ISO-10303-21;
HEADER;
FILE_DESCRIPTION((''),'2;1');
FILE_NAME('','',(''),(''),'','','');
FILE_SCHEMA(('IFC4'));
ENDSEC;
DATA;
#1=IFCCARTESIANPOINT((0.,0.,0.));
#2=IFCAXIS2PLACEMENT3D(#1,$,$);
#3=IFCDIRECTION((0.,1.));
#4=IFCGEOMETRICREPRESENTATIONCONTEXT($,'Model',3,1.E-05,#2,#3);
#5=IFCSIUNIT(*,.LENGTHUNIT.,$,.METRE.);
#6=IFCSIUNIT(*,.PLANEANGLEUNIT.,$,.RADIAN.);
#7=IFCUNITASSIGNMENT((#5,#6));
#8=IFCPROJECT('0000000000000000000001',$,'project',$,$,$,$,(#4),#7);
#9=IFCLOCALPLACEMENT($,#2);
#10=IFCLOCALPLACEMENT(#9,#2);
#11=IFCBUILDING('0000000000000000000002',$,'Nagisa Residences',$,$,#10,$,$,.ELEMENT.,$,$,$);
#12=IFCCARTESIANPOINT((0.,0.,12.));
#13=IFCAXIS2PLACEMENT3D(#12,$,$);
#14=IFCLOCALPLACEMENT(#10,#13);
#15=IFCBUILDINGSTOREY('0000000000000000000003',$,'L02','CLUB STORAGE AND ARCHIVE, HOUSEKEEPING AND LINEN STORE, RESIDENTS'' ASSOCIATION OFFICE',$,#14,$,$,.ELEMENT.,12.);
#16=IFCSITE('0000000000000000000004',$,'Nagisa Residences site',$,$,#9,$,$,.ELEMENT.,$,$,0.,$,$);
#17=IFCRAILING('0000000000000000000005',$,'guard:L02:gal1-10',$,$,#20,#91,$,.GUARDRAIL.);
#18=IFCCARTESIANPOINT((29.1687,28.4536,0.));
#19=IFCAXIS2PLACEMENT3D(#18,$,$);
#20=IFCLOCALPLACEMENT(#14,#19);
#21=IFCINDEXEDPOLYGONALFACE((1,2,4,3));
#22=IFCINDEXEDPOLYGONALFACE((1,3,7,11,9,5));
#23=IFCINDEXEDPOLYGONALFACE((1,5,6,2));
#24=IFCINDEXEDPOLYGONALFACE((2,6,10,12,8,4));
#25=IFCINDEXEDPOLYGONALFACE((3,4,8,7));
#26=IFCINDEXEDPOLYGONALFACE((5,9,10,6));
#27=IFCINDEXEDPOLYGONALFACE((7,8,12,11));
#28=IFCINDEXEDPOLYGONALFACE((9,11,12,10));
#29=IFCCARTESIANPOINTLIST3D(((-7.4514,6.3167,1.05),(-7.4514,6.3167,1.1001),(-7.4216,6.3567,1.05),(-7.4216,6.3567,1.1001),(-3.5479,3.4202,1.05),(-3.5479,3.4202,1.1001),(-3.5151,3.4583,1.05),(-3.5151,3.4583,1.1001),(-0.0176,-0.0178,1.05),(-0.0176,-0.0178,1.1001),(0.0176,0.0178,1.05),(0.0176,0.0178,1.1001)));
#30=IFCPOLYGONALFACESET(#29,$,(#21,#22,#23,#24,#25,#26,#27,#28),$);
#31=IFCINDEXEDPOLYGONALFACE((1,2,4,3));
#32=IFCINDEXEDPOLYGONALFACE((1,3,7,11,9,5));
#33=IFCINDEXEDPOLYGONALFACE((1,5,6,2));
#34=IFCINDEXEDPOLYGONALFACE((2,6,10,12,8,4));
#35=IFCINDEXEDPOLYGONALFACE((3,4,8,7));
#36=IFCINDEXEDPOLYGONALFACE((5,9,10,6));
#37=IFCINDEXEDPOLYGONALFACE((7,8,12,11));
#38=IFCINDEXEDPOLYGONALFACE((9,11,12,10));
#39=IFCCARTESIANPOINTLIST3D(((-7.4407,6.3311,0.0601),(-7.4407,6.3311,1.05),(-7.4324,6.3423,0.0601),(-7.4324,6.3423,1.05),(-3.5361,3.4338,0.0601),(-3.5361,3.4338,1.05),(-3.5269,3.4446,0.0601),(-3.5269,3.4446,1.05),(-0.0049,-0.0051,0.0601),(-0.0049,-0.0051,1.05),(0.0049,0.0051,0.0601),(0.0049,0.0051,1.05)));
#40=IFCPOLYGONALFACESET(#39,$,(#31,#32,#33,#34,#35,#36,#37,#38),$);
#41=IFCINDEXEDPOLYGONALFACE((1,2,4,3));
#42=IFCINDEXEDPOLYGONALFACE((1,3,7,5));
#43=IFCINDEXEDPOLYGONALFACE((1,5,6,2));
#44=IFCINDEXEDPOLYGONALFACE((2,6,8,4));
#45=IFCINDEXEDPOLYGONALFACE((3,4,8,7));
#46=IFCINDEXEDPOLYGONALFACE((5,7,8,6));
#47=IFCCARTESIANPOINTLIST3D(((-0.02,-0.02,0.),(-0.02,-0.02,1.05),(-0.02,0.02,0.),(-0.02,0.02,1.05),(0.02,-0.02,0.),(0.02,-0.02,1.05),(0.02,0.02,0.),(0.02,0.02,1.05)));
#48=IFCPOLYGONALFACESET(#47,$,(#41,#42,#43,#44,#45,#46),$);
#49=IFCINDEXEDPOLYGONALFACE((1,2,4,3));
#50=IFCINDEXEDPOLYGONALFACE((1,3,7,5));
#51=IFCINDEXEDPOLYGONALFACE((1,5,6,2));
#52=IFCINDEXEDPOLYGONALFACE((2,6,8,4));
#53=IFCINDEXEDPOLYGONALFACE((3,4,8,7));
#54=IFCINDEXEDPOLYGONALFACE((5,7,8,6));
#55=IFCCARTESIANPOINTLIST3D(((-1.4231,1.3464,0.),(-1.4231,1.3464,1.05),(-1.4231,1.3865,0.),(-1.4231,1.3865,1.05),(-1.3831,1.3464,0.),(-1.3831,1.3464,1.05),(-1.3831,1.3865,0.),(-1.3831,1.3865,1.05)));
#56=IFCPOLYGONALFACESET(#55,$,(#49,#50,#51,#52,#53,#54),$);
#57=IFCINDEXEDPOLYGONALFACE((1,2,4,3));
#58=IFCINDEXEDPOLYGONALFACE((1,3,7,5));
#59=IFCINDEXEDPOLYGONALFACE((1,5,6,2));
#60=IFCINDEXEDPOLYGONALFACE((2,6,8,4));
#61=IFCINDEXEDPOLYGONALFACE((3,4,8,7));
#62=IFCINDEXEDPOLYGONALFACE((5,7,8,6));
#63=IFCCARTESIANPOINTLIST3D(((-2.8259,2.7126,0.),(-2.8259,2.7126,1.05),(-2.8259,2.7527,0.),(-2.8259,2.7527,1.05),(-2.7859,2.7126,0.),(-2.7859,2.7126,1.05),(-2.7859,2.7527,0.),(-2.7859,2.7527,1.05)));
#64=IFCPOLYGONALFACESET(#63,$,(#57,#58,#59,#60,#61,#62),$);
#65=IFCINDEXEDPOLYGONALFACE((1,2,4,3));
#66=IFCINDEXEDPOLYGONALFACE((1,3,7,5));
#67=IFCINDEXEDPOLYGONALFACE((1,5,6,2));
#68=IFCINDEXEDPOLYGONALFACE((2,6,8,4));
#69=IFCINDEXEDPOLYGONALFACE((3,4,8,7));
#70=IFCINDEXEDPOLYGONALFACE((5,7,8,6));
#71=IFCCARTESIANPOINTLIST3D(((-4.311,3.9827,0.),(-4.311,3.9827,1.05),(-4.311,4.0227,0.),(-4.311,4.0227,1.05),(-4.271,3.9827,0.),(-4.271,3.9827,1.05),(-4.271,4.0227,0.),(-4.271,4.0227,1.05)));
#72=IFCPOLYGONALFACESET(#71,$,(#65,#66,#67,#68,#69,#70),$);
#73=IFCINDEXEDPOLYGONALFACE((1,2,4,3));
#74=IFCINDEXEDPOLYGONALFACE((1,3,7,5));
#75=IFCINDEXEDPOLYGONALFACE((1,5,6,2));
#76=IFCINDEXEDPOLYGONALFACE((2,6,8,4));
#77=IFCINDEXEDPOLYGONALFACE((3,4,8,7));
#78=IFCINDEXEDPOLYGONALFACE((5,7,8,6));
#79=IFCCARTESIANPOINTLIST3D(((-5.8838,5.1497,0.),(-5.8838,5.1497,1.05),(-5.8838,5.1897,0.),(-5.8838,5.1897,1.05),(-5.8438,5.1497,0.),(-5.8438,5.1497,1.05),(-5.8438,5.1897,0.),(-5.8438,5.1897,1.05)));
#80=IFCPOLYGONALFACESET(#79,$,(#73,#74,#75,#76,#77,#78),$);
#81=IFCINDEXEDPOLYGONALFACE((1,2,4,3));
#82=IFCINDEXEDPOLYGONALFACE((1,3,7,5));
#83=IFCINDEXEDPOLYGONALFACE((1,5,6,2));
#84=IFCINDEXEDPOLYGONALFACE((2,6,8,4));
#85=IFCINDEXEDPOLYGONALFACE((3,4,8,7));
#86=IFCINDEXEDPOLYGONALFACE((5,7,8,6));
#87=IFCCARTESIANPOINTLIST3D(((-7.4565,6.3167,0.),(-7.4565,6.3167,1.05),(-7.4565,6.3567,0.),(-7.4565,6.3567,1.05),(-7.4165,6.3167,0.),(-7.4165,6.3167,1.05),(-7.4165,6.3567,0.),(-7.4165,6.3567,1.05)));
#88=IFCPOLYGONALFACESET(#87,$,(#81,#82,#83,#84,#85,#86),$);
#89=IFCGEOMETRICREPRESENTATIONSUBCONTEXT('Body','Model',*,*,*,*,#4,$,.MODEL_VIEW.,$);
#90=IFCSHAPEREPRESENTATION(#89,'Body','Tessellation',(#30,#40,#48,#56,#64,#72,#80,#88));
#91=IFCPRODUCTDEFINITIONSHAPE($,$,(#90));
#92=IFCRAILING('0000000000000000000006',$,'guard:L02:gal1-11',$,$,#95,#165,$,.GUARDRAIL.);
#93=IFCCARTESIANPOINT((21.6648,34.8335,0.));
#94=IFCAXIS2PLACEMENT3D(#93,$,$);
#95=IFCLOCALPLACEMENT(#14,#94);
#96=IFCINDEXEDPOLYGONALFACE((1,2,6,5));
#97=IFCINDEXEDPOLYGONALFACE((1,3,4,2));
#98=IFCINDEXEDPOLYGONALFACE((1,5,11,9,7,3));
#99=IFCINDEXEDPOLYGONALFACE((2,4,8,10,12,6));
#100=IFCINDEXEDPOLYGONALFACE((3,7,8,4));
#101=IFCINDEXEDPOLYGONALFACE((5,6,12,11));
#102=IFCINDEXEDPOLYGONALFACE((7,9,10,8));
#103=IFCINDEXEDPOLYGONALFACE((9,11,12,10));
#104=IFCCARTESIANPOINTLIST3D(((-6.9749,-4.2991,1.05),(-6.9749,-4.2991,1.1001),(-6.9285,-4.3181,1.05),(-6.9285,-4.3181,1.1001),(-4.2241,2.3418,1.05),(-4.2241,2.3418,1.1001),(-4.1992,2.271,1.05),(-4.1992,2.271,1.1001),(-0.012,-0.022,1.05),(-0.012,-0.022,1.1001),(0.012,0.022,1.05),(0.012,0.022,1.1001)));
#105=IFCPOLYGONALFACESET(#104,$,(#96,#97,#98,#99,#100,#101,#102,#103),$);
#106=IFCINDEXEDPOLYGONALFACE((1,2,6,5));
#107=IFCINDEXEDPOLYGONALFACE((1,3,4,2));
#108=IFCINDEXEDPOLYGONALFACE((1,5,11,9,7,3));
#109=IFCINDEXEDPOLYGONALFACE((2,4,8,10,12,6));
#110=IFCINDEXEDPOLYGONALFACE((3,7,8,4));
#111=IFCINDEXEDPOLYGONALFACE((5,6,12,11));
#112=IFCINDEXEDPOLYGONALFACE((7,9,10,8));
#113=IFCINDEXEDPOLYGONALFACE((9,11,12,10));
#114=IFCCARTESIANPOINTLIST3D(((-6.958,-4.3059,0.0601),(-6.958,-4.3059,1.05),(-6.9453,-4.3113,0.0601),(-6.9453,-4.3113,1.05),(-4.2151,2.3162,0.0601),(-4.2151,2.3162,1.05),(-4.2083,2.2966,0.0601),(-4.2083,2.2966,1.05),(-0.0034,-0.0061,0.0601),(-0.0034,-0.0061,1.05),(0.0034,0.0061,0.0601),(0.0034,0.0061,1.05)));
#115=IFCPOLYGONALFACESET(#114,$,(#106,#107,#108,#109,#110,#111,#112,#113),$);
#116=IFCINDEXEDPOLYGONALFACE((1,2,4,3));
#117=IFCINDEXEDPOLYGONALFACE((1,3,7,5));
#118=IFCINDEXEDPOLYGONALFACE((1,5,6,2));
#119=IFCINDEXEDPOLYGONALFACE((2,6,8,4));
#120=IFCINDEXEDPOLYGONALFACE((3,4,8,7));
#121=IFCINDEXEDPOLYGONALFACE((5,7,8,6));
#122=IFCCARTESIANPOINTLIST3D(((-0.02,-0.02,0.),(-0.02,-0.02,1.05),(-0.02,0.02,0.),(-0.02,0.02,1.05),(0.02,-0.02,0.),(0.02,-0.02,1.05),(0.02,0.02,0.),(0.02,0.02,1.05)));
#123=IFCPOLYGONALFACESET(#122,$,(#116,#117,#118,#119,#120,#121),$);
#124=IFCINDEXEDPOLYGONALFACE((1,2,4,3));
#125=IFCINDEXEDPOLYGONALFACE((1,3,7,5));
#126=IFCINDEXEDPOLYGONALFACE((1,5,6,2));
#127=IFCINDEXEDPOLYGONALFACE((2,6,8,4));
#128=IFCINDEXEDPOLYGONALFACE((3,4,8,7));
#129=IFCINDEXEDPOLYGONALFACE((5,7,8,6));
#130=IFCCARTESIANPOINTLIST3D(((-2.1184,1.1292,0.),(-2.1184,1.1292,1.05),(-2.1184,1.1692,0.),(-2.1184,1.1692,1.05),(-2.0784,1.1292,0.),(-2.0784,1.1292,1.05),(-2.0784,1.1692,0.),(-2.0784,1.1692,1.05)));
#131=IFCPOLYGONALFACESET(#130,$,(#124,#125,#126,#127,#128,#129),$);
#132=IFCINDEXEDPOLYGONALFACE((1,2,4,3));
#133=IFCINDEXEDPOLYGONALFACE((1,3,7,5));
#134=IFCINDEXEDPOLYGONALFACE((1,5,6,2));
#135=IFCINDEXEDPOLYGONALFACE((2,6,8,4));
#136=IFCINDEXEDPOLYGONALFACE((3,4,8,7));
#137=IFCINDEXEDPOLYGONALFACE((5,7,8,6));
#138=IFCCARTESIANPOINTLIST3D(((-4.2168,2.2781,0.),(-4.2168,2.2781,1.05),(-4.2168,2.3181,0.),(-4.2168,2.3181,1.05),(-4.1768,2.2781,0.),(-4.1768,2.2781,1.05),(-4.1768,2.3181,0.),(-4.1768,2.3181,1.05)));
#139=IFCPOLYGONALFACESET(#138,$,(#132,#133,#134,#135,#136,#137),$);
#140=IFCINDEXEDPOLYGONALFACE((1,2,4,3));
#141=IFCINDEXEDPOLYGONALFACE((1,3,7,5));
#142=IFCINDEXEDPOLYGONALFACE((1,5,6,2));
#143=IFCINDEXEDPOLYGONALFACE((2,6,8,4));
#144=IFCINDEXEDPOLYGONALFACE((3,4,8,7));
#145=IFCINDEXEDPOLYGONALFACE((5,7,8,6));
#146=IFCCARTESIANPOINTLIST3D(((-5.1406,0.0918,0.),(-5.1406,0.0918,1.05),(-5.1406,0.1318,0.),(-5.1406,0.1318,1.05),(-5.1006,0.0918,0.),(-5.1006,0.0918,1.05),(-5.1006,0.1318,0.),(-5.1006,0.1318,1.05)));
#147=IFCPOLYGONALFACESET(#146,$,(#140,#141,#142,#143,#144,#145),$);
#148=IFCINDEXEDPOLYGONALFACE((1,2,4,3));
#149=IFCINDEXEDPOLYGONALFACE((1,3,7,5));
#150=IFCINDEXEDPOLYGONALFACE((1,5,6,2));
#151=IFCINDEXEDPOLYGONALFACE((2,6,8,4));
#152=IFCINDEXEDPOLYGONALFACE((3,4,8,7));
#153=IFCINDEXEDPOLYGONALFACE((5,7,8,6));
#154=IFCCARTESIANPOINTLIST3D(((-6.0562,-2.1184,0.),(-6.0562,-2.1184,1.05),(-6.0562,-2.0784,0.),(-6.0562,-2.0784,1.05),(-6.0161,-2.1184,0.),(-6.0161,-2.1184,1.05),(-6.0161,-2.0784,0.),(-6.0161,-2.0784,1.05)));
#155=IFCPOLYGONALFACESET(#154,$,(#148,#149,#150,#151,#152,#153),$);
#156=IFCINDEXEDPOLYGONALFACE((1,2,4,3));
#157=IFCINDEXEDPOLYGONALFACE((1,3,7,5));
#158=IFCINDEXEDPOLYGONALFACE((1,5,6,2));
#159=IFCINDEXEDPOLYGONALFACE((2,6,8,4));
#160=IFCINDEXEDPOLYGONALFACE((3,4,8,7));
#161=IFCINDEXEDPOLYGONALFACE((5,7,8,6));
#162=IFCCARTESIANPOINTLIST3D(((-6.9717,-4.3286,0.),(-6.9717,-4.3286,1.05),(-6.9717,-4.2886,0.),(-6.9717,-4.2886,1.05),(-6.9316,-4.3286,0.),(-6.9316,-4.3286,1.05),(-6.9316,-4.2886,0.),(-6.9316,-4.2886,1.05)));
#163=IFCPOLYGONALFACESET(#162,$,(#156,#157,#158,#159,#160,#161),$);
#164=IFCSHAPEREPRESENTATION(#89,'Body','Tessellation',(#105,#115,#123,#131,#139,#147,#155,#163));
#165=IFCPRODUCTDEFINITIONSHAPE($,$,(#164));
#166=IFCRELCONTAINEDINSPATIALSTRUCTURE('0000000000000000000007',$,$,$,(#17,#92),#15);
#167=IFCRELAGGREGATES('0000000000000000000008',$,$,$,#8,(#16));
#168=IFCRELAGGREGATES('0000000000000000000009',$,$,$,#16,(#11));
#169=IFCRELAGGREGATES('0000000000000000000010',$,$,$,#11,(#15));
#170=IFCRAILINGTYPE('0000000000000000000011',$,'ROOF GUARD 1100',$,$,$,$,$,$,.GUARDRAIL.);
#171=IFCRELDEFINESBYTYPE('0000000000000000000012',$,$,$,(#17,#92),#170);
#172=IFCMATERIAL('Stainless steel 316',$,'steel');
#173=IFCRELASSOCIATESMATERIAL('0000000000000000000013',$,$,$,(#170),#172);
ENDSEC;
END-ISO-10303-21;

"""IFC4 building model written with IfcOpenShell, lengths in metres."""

from ifc_helpers import new_model, si_unit, direction, frame, origin, origin_2d, place, context, subcontext, project, spatial, polyline, rectangle, outline, extrude, material, type_object, element, save


model = new_model("IFC4")

# Units and contexts
model_context = context("Model", 3, precision=1e-05, world=origin(), true_north=direction((0.0, 1.0)))
body_context = subcontext(model_context, "Body", "Model", "MODEL_VIEW")
ifc_project = project(units=[si_unit("LENGTHUNIT", "METRE"), si_unit("PLANEANGLEUNIT", "RADIAN")], contexts=[model_context])

# Site, building, storey
site_placement = place(None, origin())
site = spatial("IfcSite", under=ifc_project, at=site_placement, Name="Nagisa Residences site", CompositionType="ELEMENT", RefElevation=0.0)
building_placement = place(site_placement, origin())
building = spatial("IfcBuilding", under=site, at=building_placement, Name="Nagisa Residences", CompositionType="ELEMENT")
storey_placement = place(building_placement, frame((0.0, 0.0, 12.0)))
storey = spatial("IfcBuildingStorey", under=building, at=storey_placement, Name="L02", Description="CLUB STORAGE AND ARCHIVE, HOUSEKEEPING AND LINEN STORE, RESIDENTS' ASSOCIATION OFFICE", CompositionType="ELEMENT", Elevation=12.0)

# Railings
ifc_material_1 = material(Name="Stainless steel 316", Category="steel")
railing_type = type_object("IfcRailingType", Name="ROOF GUARD 1100", PredefinedType="GUARDRAIL", material=ifc_material_1)
railing_1_placement = place(storey_placement, frame((29.1687, 28.4536, 0.0)))
element("IfcRailing", 1, at=railing_1_placement, inside=storey, type_object=railing_type, Name="guard:L02:gal1-10", PredefinedType="GUARDRAIL", context=body_context, shape_type="SweptSolid", body=[
    extrude(outline(polyline([(-3.5479, 3.4202), (-0.0176, -0.0178), (0.0176, 0.0178), (-3.5151, 3.4583), (-7.4216, 6.3567), (-7.4514, 6.3167), (-3.5479, 3.4202)])), frame((0.0, 0.0, 1.05)), (0.0, 0.0, 1.0), 0.05),
    extrude(outline(polyline([(-3.5361, 3.4338), (-0.0049, -0.0051), (0.0049, 0.0051), (-3.5269, 3.4446), (-7.4324, 6.3423), (-7.4407, 6.3311), (-3.5361, 3.4338)])), frame((0.0, 0.0, 0.0601)), (0.0, 0.0, 1.0), 0.99),
    extrude(rectangle(XDim=0.04, YDim=0.04, at=origin_2d()), origin(), (0.0, 0.0, 1.0), 1.05),
    extrude(rectangle(XDim=0.04, YDim=0.04, at=origin_2d()), frame((-1.4031, 1.3665, 0.0)), (0.0, 0.0, 1.0), 1.05),
    extrude(rectangle(XDim=0.04, YDim=0.04, at=origin_2d()), frame((-2.8059, 2.7327, 0.0)), (0.0, 0.0, 1.0), 1.05),
    extrude(rectangle(XDim=0.04, YDim=0.04, at=origin_2d()), frame((-4.291, 4.0027, 0.0)), (0.0, 0.0, 1.0), 1.05),
    extrude(rectangle(XDim=0.04, YDim=0.04, at=origin_2d()), frame((-5.8638, 5.1697, 0.0)), (0.0, 0.0, 1.0), 1.05),
    extrude(rectangle(XDim=0.04, YDim=0.04, at=origin_2d()), frame((-7.4365, 6.3367, 0.0)), (0.0, 0.0, 1.0), 1.05),
])
railing_2_placement = place(storey_placement, frame((21.6648, 34.8335, 0.0)))
element("IfcRailing", 2, at=railing_2_placement, inside=storey, type_object=railing_type, Name="guard:L02:gal1-11", PredefinedType="GUARDRAIL", context=body_context, shape_type="SweptSolid", body=[
    extrude(outline(polyline([(-4.1992, 2.271), (-0.012, -0.022), (0.012, 0.022), (-4.2241, 2.3418), (-6.9749, -4.2991), (-6.9285, -4.3181), (-4.1992, 2.271)])), frame((0.0, 0.0, 1.05)), (0.0, 0.0, 1.0), 0.05),
    extrude(outline(polyline([(-4.2083, 2.2966), (-0.0034, -0.0061), (0.0034, 0.0061), (-4.2151, 2.3162), (-6.958, -4.3059), (-6.9453, -4.3113), (-4.2083, 2.2966)])), frame((0.0, 0.0, 0.0601)), (0.0, 0.0, 1.0), 0.99),
    extrude(rectangle(XDim=0.04, YDim=0.04, at=origin_2d()), origin(), (0.0, 0.0, 1.0), 1.05),
    extrude(rectangle(XDim=0.04, YDim=0.04, at=origin_2d()), frame((-2.0984, 1.1492, 0.0)), (0.0, 0.0, 1.0), 1.05),
    extrude(rectangle(XDim=0.04, YDim=0.04, at=origin_2d()), frame((-4.1968, 2.2981, 0.0)), (0.0, 0.0, 1.0), 1.05),
    extrude(rectangle(XDim=0.04, YDim=0.04, at=origin_2d()), frame((-5.1206, 0.1118, 0.0)), (0.0, 0.0, 1.0), 1.05),
    extrude(rectangle(XDim=0.04, YDim=0.04, at=origin_2d()), frame((-6.0361, -2.0984, 0.0)), (0.0, 0.0, 1.0), 1.05),
    extrude(rectangle(XDim=0.04, YDim=0.04, at=origin_2d()), frame((-6.9517, -4.3086, 0.0)), (0.0, 0.0, 1.0), 1.05),
])

save(model, "model.ifc")
